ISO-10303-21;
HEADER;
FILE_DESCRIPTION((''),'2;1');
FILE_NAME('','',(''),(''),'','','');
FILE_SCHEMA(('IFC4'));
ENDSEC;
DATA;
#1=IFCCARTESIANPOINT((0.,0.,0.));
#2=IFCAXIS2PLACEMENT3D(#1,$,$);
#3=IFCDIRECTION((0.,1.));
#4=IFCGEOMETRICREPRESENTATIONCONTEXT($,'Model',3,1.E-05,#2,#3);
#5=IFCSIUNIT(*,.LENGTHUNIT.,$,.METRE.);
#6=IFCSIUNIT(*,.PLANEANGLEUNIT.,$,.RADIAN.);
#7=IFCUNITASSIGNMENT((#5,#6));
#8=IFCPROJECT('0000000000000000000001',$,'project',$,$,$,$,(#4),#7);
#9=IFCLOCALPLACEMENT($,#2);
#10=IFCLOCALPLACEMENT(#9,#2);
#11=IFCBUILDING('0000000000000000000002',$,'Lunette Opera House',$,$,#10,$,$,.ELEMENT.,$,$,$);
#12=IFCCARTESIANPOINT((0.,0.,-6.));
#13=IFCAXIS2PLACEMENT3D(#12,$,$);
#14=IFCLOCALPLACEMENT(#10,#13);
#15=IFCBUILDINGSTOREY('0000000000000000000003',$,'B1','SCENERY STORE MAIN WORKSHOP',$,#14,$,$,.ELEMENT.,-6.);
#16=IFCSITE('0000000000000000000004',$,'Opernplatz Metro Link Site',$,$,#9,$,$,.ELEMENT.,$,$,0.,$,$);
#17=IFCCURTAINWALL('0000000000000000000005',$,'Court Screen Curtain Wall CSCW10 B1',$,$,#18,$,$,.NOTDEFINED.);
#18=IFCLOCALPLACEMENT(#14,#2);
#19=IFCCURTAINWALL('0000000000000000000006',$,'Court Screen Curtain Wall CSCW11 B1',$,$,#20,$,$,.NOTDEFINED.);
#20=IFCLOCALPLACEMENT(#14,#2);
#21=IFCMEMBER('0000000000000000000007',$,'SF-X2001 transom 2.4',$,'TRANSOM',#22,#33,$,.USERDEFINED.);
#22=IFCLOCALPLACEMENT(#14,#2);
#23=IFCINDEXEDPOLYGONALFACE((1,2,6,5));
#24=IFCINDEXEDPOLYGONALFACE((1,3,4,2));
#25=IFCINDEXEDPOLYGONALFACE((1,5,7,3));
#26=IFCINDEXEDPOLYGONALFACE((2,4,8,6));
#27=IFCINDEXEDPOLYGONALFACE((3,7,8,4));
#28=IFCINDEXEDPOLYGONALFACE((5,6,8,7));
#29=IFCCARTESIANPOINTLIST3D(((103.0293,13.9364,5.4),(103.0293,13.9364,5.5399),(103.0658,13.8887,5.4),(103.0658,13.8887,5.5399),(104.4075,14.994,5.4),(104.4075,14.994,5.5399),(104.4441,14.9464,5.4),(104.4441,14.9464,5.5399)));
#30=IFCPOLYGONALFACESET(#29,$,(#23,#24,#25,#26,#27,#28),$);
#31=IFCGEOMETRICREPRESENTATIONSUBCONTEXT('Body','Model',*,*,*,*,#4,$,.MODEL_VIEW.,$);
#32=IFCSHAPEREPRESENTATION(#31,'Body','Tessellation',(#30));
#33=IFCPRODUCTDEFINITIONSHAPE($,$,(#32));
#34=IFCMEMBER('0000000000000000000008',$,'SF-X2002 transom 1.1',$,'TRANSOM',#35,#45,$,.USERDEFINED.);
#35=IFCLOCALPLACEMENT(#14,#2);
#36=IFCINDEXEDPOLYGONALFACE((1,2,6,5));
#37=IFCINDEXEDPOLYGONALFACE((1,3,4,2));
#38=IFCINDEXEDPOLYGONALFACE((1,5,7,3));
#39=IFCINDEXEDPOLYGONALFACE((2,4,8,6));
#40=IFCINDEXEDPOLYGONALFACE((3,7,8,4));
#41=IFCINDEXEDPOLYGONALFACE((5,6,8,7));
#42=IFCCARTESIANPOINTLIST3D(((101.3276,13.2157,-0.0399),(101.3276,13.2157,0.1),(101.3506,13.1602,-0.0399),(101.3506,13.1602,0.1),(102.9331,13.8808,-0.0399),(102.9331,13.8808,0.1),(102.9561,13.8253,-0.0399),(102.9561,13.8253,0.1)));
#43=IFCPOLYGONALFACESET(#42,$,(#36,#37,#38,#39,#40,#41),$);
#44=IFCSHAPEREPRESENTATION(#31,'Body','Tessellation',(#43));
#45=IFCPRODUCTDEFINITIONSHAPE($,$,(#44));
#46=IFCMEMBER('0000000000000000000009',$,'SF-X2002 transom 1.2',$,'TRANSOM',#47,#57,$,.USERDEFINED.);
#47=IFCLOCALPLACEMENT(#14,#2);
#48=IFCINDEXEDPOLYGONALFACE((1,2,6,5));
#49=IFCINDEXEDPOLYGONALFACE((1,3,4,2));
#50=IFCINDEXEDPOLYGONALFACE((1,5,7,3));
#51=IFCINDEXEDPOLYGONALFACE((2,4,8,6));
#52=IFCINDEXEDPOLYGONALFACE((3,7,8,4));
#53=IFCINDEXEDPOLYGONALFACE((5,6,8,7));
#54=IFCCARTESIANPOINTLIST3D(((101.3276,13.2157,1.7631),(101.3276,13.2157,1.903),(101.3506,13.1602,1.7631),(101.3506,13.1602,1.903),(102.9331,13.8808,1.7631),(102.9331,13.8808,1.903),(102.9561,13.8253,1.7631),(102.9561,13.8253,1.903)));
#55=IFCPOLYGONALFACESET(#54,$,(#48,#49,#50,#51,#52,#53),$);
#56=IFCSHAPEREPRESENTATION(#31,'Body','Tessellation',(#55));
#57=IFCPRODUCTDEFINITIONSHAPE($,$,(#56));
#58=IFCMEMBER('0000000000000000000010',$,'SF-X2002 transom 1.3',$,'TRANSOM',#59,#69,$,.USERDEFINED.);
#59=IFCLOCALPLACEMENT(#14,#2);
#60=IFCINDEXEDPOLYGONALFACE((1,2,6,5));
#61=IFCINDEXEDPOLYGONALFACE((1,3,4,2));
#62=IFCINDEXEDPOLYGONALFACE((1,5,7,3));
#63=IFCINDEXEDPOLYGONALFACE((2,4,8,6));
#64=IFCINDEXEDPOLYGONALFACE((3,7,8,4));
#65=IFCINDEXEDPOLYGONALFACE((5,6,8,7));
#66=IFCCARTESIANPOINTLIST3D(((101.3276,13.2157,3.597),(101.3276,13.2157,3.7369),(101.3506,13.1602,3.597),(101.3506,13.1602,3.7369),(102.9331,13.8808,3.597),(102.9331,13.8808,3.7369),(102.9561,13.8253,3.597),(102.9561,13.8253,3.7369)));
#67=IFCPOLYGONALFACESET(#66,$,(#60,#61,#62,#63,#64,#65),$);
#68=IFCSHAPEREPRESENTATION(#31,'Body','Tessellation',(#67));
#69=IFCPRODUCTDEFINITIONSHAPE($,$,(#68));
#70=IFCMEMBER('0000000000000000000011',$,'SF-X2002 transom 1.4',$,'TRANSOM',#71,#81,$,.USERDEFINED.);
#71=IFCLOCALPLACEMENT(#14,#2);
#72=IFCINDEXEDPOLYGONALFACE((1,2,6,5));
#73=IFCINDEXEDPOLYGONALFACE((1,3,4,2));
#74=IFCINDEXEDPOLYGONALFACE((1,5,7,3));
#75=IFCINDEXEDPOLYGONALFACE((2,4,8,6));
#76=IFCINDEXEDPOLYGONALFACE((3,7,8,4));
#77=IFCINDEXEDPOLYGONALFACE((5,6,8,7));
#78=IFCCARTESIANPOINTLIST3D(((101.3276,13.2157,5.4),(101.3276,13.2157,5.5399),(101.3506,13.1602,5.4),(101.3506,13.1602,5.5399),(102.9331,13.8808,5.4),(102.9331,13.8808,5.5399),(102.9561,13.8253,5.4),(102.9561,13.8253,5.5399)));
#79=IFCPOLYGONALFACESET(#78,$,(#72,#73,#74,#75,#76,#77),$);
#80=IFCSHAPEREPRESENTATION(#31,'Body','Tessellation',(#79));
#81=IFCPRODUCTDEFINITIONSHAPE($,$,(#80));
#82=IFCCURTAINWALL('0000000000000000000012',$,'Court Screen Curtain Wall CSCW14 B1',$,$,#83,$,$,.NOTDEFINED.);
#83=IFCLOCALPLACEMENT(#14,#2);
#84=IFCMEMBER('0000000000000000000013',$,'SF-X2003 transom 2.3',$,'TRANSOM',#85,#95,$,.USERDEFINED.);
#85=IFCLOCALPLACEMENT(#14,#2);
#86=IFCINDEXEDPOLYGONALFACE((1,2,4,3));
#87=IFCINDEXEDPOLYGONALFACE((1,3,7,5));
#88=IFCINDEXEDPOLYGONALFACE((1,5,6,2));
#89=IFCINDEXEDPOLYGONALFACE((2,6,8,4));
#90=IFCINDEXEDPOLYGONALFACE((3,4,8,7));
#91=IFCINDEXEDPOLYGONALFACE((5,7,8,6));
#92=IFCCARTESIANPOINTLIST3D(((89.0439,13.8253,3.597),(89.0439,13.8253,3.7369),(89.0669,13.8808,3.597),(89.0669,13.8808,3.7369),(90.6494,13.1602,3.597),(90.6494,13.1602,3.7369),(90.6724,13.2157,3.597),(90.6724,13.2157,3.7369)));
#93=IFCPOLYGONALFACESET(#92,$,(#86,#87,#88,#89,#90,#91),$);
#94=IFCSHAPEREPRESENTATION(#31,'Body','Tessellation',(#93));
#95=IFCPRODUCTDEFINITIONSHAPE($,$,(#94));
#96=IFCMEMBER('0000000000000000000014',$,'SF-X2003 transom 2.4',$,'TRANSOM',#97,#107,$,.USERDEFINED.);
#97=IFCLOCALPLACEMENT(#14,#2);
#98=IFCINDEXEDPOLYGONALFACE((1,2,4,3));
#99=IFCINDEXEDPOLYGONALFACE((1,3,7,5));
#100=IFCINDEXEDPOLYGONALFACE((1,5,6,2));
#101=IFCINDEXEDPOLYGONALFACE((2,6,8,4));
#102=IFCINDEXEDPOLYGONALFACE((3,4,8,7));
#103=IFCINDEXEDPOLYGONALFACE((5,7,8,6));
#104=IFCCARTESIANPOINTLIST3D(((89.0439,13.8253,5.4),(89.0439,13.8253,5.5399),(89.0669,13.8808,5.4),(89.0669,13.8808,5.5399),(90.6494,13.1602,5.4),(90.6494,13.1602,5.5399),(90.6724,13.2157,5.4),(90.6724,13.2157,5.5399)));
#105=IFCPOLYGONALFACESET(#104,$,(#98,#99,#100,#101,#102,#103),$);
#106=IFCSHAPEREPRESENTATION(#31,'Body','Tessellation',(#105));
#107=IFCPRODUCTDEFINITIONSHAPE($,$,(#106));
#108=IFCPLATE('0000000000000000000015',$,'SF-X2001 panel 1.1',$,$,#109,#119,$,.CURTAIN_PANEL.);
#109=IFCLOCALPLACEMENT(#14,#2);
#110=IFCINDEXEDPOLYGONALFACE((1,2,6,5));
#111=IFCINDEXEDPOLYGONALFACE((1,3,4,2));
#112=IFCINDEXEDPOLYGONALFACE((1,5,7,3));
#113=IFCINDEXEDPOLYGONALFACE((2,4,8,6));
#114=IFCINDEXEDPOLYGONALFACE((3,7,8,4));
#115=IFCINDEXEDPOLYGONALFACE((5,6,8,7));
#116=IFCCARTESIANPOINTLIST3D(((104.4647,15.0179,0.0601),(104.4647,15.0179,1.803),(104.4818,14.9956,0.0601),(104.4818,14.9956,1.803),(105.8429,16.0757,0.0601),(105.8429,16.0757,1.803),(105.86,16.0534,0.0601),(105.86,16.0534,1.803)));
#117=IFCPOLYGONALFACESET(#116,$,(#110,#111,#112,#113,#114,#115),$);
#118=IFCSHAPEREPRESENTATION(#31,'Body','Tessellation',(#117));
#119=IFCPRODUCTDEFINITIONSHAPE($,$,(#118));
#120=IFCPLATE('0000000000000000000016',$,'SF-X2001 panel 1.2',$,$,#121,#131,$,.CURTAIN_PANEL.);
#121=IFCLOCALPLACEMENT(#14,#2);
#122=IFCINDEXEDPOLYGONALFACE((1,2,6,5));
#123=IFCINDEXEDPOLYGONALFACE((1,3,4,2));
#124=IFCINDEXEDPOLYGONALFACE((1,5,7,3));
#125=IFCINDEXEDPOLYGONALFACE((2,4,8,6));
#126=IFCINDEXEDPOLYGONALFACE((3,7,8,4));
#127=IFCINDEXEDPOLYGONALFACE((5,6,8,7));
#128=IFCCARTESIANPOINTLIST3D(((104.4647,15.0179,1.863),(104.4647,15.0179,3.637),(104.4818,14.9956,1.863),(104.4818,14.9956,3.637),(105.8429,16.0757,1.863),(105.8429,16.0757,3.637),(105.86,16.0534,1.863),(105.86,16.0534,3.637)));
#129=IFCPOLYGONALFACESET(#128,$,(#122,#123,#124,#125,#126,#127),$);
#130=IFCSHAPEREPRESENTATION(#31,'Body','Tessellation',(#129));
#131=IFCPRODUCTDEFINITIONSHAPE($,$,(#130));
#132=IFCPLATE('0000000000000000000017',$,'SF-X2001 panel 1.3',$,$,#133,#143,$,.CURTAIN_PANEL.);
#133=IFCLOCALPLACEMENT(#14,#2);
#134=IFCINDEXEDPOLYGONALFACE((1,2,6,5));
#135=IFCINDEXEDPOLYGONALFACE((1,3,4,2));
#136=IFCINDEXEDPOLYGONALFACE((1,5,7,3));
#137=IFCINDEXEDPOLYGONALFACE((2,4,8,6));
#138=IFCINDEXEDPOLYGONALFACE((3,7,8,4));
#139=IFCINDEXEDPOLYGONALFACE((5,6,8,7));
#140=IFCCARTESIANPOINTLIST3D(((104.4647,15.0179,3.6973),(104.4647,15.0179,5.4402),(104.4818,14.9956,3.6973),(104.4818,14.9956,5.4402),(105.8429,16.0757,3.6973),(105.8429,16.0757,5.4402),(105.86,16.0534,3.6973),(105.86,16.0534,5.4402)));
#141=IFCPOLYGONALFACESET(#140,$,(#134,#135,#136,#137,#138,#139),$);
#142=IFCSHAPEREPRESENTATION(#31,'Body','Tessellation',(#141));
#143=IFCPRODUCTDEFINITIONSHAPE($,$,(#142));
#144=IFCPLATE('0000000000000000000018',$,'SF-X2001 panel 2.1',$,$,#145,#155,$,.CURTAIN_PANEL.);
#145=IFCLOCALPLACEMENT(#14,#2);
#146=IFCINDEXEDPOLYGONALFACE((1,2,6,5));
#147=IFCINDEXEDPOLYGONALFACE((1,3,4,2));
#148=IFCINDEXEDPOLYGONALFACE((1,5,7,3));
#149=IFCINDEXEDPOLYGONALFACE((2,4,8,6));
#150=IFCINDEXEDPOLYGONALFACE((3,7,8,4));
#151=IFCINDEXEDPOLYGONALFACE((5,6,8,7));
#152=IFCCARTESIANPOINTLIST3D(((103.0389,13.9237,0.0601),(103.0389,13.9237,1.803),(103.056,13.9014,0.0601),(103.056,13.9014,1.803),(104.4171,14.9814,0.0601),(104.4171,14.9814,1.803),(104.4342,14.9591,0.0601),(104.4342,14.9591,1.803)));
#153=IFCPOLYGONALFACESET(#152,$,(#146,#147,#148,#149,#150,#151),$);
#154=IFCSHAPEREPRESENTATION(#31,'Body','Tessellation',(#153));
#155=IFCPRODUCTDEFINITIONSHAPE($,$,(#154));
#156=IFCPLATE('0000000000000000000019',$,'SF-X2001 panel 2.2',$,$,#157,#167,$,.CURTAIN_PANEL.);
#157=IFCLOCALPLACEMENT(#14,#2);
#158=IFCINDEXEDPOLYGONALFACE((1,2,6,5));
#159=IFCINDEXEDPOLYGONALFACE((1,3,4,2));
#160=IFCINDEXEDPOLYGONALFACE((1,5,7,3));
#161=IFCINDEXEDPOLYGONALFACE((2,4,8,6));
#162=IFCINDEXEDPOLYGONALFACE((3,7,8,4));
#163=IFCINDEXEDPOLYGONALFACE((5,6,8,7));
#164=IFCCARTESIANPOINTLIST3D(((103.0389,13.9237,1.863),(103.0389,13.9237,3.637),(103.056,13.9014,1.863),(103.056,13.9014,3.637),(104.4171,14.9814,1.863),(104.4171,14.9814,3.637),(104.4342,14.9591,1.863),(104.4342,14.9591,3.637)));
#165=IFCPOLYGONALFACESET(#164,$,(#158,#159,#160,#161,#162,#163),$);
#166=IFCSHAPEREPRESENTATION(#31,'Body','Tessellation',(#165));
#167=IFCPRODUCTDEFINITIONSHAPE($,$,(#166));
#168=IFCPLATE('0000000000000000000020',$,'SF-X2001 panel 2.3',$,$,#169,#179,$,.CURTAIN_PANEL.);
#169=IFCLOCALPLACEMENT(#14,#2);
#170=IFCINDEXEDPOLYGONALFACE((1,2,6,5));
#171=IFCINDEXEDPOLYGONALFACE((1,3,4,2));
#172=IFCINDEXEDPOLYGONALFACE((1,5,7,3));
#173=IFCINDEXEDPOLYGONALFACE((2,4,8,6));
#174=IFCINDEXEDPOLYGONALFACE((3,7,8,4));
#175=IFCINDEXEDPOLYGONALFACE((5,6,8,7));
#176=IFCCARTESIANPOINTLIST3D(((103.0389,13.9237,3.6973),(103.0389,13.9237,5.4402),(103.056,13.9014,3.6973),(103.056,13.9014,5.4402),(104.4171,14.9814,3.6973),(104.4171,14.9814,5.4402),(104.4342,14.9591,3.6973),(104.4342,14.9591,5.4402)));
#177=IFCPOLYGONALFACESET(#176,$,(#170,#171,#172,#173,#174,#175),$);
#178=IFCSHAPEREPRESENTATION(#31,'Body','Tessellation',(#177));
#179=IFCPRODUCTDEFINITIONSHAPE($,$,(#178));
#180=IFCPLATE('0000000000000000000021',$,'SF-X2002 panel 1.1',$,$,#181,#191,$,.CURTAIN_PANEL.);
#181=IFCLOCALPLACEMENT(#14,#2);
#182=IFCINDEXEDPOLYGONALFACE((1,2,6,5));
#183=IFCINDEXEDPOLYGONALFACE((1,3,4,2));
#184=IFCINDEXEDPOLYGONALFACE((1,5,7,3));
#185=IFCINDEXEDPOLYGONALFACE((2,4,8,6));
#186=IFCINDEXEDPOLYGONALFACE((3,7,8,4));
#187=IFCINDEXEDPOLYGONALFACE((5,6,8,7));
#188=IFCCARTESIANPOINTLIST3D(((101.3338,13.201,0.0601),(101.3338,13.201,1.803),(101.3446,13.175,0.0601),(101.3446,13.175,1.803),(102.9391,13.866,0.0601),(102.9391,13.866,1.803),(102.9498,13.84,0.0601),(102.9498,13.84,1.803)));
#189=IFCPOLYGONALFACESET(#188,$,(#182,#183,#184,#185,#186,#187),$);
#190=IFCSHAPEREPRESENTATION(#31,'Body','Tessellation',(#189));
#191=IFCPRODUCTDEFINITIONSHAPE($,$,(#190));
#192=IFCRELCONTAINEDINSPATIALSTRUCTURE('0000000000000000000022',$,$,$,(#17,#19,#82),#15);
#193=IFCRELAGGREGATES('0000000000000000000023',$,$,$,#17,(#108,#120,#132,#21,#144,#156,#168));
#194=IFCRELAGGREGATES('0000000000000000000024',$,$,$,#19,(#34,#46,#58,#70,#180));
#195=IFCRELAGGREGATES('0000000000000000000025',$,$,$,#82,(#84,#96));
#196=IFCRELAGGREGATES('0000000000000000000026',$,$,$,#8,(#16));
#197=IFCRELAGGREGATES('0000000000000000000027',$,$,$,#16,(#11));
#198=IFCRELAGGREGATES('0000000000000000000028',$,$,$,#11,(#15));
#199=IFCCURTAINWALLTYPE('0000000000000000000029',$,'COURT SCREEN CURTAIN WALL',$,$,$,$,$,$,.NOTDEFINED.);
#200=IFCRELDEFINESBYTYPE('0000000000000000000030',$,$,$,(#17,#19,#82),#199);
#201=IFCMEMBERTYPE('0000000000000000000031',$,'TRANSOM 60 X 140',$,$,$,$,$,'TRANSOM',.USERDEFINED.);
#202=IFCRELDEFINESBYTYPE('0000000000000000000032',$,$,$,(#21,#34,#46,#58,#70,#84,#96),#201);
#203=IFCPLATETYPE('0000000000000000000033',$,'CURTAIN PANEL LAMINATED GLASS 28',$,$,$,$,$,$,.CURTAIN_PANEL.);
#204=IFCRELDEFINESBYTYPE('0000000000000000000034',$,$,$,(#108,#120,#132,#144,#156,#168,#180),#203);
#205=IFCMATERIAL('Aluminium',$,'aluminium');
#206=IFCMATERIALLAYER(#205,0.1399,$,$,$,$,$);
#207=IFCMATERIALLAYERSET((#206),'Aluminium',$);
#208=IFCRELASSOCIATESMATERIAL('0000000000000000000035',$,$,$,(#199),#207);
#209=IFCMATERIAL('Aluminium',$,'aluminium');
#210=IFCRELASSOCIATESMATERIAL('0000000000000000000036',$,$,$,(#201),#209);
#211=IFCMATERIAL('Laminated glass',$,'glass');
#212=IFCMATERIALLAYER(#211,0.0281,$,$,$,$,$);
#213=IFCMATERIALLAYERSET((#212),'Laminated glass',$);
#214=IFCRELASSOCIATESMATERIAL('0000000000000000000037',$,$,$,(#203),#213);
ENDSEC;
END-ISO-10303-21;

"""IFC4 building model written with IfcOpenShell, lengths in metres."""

from ifc_helpers import new_model, si_unit, direction, frame, origin, origin_2d, place, context, subcontext, project, spatial, rectangle, extrude, material, layer, layer_set, material_profile, profile_set, type_object, element, aggregate, save


model = new_model("IFC4")

# Units and contexts
model_context = context("Model", 3, precision=1e-05, world=origin(), true_north=direction((0.0, 1.0)))
body_context = subcontext(model_context, "Body", "Model", "MODEL_VIEW")
ifc_project = project(units=[si_unit("LENGTHUNIT", "METRE"), si_unit("PLANEANGLEUNIT", "RADIAN")], contexts=[model_context])

# Site, building, storey
site_placement = place(None, origin())
site = spatial("IfcSite", under=ifc_project, at=site_placement, Name="Opernplatz Metro Link Site", CompositionType="ELEMENT", RefElevation=0.0)
building_placement = place(site_placement, origin())
building = spatial("IfcBuilding", under=site, at=building_placement, Name="Lunette Opera House", CompositionType="ELEMENT")
storey_placement = place(building_placement, frame((0.0, 0.0, -6.0)))
storey = spatial("IfcBuildingStorey", under=building, at=storey_placement, Name="B1", Description="SCENERY STORE MAIN WORKSHOP", CompositionType="ELEMENT", Elevation=-6.0)

# Curtain wall
ifc_material_1 = material(Name="Aluminium", Category="aluminium")
ifc_layer_1 = layer(ifc_material_1, 0.1399)
ifc_layer_set_1 = layer_set([ifc_layer_1], Name="Aluminium")
curtain_wall_type = type_object("IfcCurtainWallType", Name="COURT SCREEN CURTAIN WALL", PredefinedType="NOTDEFINED", material=ifc_layer_set_1)
curtain_wall_1_placement = place(storey_placement, origin())
curtain_wall_1 = element("IfcCurtainWall", 1, at=curtain_wall_1_placement, inside=storey, type_object=curtain_wall_type, Name="Court Screen Curtain Wall CSCW10 B1", PredefinedType="NOTDEFINED")

# Curtain wall
curtain_wall_2_placement = place(storey_placement, origin())
curtain_wall_2 = element("IfcCurtainWall", 2, at=curtain_wall_2_placement, inside=storey, type_object=curtain_wall_type, Name="Court Screen Curtain Wall CSCW11 B1", PredefinedType="NOTDEFINED")

# Members
ifc_material_2 = material(Name="Aluminium", Category="aluminium")
ifc_material_profile_1 = material_profile(ifc_material_2, rectangle(XDim=0.0601, YDim=0.1399, at=origin_2d()), Name="TRANSOM 60 X 140")
ifc_profile_set_1 = profile_set([ifc_material_profile_1], Name="Aluminium")
member_type_1 = type_object("IfcMemberType", Name="TRANSOM 60 X 140", ElementType="TRANSOM", PredefinedType="USERDEFINED", material=ifc_profile_set_1)
member_1_placement = place(storey_placement, frame((104.4258, 14.9702, 5.47), z_axis=(-0.793324, -0.6088, 0.0), x_axis=(0.6088, -0.793324, 0.0)))
member_1 = element("IfcMember", 3, at=member_1_placement, type_object=member_type_1, Name="SF-X2001 transom 2.4", ObjectType="TRANSOM", PredefinedType="USERDEFINED", context=body_context, shape_type="SweptSolid", body=[
    extrude(rectangle(XDim=0.0601, YDim=0.1399, at=origin_2d()), origin(), (0.0, 0.0, 1.0), 1.7373),
])
member_2_placement = place(storey_placement, frame((102.9446, 13.853, 0.03), z_axis=(-0.923873, -0.382699, 0.0), x_axis=(0.382699, -0.923873, 0.0)))
member_2 = element("IfcMember", 4, at=member_2_placement, type_object=member_type_1, Name="SF-X2002 transom 1.1", ObjectType="TRANSOM", PredefinedType="USERDEFINED", context=body_context, shape_type="SweptSolid", body=[
    extrude(rectangle(XDim=0.0601, YDim=0.1399, at=origin_2d()), origin(), (0.0, 0.0, 1.0), 1.7378),
])
member_3_placement = place(storey_placement, frame((102.9446, 13.853, 1.833), z_axis=(-0.923873, -0.382699, 0.0), x_axis=(0.382699, -0.923873, 0.0)))
member_3 = element("IfcMember", 5, at=member_3_placement, type_object=member_type_1, Name="SF-X2002 transom 1.2", ObjectType="TRANSOM", PredefinedType="USERDEFINED", context=body_context, shape_type="SweptSolid", body=[
    extrude(rectangle(XDim=0.0601, YDim=0.1399, at=origin_2d()), origin(), (0.0, 0.0, 1.0), 1.7378),
])
member_4_placement = place(storey_placement, frame((102.9446, 13.853, 3.667), z_axis=(-0.923873, -0.382699, 0.0), x_axis=(0.382699, -0.923873, 0.0)))
member_4 = element("IfcMember", 6, at=member_4_placement, type_object=member_type_1, Name="SF-X2002 transom 1.3", ObjectType="TRANSOM", PredefinedType="USERDEFINED", context=body_context, shape_type="SweptSolid", body=[
    extrude(rectangle(XDim=0.0601, YDim=0.1399, at=origin_2d()), origin(), (0.0, 0.0, 1.0), 1.7378),
])
member_5_placement = place(storey_placement, frame((102.9446, 13.853, 5.47), z_axis=(-0.923873, -0.382699, 0.0), x_axis=(0.382699, -0.923873, 0.0)))
member_5 = element("IfcMember", 7, at=member_5_placement, type_object=member_type_1, Name="SF-X2002 transom 1.4", ObjectType="TRANSOM", PredefinedType="USERDEFINED", context=body_context, shape_type="SweptSolid", body=[
    extrude(rectangle(XDim=0.0601, YDim=0.1399, at=origin_2d()), origin(), (0.0, 0.0, 1.0), 1.7378),
])

# Curtain wall, members
curtain_wall_3_placement = place(storey_placement, origin())
curtain_wall_3 = element("IfcCurtainWall", 8, at=curtain_wall_3_placement, inside=storey, type_object=curtain_wall_type, Name="Court Screen Curtain Wall CSCW14 B1", PredefinedType="NOTDEFINED")
member_6_placement = place(storey_placement, frame((90.6609, 13.188, 3.667), z_axis=(-0.923873, 0.382699, 0.0), x_axis=(-0.382699, -0.923873, 0.0)))
member_6 = element("IfcMember", 9, at=member_6_placement, type_object=member_type_1, Name="SF-X2003 transom 2.3", ObjectType="TRANSOM", PredefinedType="USERDEFINED", context=body_context, shape_type="SweptSolid", body=[
    extrude(rectangle(XDim=0.0601, YDim=0.1399, at=origin_2d()), origin(), (0.0, 0.0, 1.0), 1.7378),
])
member_7_placement = place(storey_placement, frame((90.6609, 13.188, 5.47), z_axis=(-0.923873, 0.382699, 0.0), x_axis=(-0.382699, -0.923873, 0.0)))
member_7 = element("IfcMember", 10, at=member_7_placement, type_object=member_type_1, Name="SF-X2003 transom 2.4", ObjectType="TRANSOM", PredefinedType="USERDEFINED", context=body_context, shape_type="SweptSolid", body=[
    extrude(rectangle(XDim=0.0601, YDim=0.1399, at=origin_2d()), origin(), (0.0, 0.0, 1.0), 1.7378),
])

# Plates
ifc_material_3 = material(Name="Laminated glass", Category="glass")
ifc_layer_2 = layer(ifc_material_3, 0.0281)
ifc_layer_set_2 = layer_set([ifc_layer_2], Name="Laminated glass")
plate_type = type_object("IfcPlateType", Name="CURTAIN PANEL LAMINATED GLASS 28", PredefinedType="CURTAIN_PANEL", material=ifc_layer_set_2)
plate_1_placement = place(storey_placement, frame((105.1624, 15.5356, 0.0601), z_axis=(0.0, 0.0, 1.0), x_axis=(-0.793285, -0.608851, 0.0)))
plate_1 = element("IfcPlate", 11, at=plate_1_placement, type_object=plate_type, Name="SF-X2001 panel 1.1", PredefinedType="CURTAIN_PANEL", context=body_context, shape_type="SweptSolid", body=[
    extrude(rectangle(XDim=1.7373, YDim=0.0281, at=origin_2d()), origin(), (0.0, 0.0, 1.0), 1.7429),
])
plate_2_placement = place(storey_placement, frame((105.1624, 15.5356, 1.863), z_axis=(0.0, 0.0, 1.0), x_axis=(-0.793285, -0.608851, 0.0)))
plate_2 = element("IfcPlate", 12, at=plate_2_placement, type_object=plate_type, Name="SF-X2001 panel 1.2", PredefinedType="CURTAIN_PANEL", context=body_context, shape_type="SweptSolid", body=[
    extrude(rectangle(XDim=1.7373, YDim=0.0281, at=origin_2d()), origin(), (0.0, 0.0, 1.0), 1.7739),
])
plate_3_placement = place(storey_placement, frame((105.1624, 15.5356, 3.6973), z_axis=(0.0, 0.0, 1.0), x_axis=(-0.793285, -0.608851, 0.0)))
plate_3 = element("IfcPlate", 13, at=plate_3_placement, type_object=plate_type, Name="SF-X2001 panel 1.3", PredefinedType="CURTAIN_PANEL", context=body_context, shape_type="SweptSolid", body=[
    extrude(rectangle(XDim=1.7373, YDim=0.0281, at=origin_2d()), origin(), (0.0, 0.0, 1.0), 1.7429),
])
plate_4_placement = place(storey_placement, frame((103.7366, 14.4414, 0.0601), z_axis=(0.0, 0.0, 1.0), x_axis=(-0.793285, -0.608851, 0.0)))
plate_4 = element("IfcPlate", 14, at=plate_4_placement, type_object=plate_type, Name="SF-X2001 panel 2.1", PredefinedType="CURTAIN_PANEL", context=body_context, shape_type="SweptSolid", body=[
    extrude(rectangle(XDim=1.7373, YDim=0.0281, at=origin_2d()), origin(), (0.0, 0.0, 1.0), 1.7429),
])
plate_5_placement = place(storey_placement, frame((103.7366, 14.4414, 1.863), z_axis=(0.0, 0.0, 1.0), x_axis=(-0.793285, -0.608851, 0.0)))
plate_5 = element("IfcPlate", 15, at=plate_5_placement, type_object=plate_type, Name="SF-X2001 panel 2.2", PredefinedType="CURTAIN_PANEL", context=body_context, shape_type="SweptSolid", body=[
    extrude(rectangle(XDim=1.7373, YDim=0.0281, at=origin_2d()), origin(), (0.0, 0.0, 1.0), 1.7739),
])
plate_6_placement = place(storey_placement, frame((103.7366, 14.4414, 3.6973), z_axis=(0.0, 0.0, 1.0), x_axis=(-0.793285, -0.608851, 0.0)))
plate_6 = element("IfcPlate", 16, at=plate_6_placement, type_object=plate_type, Name="SF-X2001 panel 2.3", PredefinedType="CURTAIN_PANEL", context=body_context, shape_type="SweptSolid", body=[
    extrude(rectangle(XDim=1.7373, YDim=0.0281, at=origin_2d()), origin(), (0.0, 0.0, 1.0), 1.7429),
])
aggregate(curtain_wall_1, [plate_1, plate_2, plate_3, member_1, plate_4, plate_5, plate_6])
plate_7_placement = place(storey_placement, frame((102.1418, 13.5205, 0.0601), z_axis=(0.0, 0.0, 1.0), x_axis=(-0.92386, -0.38273, 0.0)))
plate_7 = element("IfcPlate", 17, at=plate_7_placement, type_object=plate_type, Name="SF-X2002 panel 1.1", PredefinedType="CURTAIN_PANEL", context=body_context, shape_type="SweptSolid", body=[
    extrude(rectangle(XDim=1.7375, YDim=0.0281, at=origin_2d()), origin(), (0.0, 0.0, 1.0), 1.7429),
])
aggregate(curtain_wall_2, [member_2, member_3, member_4, member_5, plate_7])
aggregate(curtain_wall_3, [member_6, member_7])

save(model, "model.ifc")
